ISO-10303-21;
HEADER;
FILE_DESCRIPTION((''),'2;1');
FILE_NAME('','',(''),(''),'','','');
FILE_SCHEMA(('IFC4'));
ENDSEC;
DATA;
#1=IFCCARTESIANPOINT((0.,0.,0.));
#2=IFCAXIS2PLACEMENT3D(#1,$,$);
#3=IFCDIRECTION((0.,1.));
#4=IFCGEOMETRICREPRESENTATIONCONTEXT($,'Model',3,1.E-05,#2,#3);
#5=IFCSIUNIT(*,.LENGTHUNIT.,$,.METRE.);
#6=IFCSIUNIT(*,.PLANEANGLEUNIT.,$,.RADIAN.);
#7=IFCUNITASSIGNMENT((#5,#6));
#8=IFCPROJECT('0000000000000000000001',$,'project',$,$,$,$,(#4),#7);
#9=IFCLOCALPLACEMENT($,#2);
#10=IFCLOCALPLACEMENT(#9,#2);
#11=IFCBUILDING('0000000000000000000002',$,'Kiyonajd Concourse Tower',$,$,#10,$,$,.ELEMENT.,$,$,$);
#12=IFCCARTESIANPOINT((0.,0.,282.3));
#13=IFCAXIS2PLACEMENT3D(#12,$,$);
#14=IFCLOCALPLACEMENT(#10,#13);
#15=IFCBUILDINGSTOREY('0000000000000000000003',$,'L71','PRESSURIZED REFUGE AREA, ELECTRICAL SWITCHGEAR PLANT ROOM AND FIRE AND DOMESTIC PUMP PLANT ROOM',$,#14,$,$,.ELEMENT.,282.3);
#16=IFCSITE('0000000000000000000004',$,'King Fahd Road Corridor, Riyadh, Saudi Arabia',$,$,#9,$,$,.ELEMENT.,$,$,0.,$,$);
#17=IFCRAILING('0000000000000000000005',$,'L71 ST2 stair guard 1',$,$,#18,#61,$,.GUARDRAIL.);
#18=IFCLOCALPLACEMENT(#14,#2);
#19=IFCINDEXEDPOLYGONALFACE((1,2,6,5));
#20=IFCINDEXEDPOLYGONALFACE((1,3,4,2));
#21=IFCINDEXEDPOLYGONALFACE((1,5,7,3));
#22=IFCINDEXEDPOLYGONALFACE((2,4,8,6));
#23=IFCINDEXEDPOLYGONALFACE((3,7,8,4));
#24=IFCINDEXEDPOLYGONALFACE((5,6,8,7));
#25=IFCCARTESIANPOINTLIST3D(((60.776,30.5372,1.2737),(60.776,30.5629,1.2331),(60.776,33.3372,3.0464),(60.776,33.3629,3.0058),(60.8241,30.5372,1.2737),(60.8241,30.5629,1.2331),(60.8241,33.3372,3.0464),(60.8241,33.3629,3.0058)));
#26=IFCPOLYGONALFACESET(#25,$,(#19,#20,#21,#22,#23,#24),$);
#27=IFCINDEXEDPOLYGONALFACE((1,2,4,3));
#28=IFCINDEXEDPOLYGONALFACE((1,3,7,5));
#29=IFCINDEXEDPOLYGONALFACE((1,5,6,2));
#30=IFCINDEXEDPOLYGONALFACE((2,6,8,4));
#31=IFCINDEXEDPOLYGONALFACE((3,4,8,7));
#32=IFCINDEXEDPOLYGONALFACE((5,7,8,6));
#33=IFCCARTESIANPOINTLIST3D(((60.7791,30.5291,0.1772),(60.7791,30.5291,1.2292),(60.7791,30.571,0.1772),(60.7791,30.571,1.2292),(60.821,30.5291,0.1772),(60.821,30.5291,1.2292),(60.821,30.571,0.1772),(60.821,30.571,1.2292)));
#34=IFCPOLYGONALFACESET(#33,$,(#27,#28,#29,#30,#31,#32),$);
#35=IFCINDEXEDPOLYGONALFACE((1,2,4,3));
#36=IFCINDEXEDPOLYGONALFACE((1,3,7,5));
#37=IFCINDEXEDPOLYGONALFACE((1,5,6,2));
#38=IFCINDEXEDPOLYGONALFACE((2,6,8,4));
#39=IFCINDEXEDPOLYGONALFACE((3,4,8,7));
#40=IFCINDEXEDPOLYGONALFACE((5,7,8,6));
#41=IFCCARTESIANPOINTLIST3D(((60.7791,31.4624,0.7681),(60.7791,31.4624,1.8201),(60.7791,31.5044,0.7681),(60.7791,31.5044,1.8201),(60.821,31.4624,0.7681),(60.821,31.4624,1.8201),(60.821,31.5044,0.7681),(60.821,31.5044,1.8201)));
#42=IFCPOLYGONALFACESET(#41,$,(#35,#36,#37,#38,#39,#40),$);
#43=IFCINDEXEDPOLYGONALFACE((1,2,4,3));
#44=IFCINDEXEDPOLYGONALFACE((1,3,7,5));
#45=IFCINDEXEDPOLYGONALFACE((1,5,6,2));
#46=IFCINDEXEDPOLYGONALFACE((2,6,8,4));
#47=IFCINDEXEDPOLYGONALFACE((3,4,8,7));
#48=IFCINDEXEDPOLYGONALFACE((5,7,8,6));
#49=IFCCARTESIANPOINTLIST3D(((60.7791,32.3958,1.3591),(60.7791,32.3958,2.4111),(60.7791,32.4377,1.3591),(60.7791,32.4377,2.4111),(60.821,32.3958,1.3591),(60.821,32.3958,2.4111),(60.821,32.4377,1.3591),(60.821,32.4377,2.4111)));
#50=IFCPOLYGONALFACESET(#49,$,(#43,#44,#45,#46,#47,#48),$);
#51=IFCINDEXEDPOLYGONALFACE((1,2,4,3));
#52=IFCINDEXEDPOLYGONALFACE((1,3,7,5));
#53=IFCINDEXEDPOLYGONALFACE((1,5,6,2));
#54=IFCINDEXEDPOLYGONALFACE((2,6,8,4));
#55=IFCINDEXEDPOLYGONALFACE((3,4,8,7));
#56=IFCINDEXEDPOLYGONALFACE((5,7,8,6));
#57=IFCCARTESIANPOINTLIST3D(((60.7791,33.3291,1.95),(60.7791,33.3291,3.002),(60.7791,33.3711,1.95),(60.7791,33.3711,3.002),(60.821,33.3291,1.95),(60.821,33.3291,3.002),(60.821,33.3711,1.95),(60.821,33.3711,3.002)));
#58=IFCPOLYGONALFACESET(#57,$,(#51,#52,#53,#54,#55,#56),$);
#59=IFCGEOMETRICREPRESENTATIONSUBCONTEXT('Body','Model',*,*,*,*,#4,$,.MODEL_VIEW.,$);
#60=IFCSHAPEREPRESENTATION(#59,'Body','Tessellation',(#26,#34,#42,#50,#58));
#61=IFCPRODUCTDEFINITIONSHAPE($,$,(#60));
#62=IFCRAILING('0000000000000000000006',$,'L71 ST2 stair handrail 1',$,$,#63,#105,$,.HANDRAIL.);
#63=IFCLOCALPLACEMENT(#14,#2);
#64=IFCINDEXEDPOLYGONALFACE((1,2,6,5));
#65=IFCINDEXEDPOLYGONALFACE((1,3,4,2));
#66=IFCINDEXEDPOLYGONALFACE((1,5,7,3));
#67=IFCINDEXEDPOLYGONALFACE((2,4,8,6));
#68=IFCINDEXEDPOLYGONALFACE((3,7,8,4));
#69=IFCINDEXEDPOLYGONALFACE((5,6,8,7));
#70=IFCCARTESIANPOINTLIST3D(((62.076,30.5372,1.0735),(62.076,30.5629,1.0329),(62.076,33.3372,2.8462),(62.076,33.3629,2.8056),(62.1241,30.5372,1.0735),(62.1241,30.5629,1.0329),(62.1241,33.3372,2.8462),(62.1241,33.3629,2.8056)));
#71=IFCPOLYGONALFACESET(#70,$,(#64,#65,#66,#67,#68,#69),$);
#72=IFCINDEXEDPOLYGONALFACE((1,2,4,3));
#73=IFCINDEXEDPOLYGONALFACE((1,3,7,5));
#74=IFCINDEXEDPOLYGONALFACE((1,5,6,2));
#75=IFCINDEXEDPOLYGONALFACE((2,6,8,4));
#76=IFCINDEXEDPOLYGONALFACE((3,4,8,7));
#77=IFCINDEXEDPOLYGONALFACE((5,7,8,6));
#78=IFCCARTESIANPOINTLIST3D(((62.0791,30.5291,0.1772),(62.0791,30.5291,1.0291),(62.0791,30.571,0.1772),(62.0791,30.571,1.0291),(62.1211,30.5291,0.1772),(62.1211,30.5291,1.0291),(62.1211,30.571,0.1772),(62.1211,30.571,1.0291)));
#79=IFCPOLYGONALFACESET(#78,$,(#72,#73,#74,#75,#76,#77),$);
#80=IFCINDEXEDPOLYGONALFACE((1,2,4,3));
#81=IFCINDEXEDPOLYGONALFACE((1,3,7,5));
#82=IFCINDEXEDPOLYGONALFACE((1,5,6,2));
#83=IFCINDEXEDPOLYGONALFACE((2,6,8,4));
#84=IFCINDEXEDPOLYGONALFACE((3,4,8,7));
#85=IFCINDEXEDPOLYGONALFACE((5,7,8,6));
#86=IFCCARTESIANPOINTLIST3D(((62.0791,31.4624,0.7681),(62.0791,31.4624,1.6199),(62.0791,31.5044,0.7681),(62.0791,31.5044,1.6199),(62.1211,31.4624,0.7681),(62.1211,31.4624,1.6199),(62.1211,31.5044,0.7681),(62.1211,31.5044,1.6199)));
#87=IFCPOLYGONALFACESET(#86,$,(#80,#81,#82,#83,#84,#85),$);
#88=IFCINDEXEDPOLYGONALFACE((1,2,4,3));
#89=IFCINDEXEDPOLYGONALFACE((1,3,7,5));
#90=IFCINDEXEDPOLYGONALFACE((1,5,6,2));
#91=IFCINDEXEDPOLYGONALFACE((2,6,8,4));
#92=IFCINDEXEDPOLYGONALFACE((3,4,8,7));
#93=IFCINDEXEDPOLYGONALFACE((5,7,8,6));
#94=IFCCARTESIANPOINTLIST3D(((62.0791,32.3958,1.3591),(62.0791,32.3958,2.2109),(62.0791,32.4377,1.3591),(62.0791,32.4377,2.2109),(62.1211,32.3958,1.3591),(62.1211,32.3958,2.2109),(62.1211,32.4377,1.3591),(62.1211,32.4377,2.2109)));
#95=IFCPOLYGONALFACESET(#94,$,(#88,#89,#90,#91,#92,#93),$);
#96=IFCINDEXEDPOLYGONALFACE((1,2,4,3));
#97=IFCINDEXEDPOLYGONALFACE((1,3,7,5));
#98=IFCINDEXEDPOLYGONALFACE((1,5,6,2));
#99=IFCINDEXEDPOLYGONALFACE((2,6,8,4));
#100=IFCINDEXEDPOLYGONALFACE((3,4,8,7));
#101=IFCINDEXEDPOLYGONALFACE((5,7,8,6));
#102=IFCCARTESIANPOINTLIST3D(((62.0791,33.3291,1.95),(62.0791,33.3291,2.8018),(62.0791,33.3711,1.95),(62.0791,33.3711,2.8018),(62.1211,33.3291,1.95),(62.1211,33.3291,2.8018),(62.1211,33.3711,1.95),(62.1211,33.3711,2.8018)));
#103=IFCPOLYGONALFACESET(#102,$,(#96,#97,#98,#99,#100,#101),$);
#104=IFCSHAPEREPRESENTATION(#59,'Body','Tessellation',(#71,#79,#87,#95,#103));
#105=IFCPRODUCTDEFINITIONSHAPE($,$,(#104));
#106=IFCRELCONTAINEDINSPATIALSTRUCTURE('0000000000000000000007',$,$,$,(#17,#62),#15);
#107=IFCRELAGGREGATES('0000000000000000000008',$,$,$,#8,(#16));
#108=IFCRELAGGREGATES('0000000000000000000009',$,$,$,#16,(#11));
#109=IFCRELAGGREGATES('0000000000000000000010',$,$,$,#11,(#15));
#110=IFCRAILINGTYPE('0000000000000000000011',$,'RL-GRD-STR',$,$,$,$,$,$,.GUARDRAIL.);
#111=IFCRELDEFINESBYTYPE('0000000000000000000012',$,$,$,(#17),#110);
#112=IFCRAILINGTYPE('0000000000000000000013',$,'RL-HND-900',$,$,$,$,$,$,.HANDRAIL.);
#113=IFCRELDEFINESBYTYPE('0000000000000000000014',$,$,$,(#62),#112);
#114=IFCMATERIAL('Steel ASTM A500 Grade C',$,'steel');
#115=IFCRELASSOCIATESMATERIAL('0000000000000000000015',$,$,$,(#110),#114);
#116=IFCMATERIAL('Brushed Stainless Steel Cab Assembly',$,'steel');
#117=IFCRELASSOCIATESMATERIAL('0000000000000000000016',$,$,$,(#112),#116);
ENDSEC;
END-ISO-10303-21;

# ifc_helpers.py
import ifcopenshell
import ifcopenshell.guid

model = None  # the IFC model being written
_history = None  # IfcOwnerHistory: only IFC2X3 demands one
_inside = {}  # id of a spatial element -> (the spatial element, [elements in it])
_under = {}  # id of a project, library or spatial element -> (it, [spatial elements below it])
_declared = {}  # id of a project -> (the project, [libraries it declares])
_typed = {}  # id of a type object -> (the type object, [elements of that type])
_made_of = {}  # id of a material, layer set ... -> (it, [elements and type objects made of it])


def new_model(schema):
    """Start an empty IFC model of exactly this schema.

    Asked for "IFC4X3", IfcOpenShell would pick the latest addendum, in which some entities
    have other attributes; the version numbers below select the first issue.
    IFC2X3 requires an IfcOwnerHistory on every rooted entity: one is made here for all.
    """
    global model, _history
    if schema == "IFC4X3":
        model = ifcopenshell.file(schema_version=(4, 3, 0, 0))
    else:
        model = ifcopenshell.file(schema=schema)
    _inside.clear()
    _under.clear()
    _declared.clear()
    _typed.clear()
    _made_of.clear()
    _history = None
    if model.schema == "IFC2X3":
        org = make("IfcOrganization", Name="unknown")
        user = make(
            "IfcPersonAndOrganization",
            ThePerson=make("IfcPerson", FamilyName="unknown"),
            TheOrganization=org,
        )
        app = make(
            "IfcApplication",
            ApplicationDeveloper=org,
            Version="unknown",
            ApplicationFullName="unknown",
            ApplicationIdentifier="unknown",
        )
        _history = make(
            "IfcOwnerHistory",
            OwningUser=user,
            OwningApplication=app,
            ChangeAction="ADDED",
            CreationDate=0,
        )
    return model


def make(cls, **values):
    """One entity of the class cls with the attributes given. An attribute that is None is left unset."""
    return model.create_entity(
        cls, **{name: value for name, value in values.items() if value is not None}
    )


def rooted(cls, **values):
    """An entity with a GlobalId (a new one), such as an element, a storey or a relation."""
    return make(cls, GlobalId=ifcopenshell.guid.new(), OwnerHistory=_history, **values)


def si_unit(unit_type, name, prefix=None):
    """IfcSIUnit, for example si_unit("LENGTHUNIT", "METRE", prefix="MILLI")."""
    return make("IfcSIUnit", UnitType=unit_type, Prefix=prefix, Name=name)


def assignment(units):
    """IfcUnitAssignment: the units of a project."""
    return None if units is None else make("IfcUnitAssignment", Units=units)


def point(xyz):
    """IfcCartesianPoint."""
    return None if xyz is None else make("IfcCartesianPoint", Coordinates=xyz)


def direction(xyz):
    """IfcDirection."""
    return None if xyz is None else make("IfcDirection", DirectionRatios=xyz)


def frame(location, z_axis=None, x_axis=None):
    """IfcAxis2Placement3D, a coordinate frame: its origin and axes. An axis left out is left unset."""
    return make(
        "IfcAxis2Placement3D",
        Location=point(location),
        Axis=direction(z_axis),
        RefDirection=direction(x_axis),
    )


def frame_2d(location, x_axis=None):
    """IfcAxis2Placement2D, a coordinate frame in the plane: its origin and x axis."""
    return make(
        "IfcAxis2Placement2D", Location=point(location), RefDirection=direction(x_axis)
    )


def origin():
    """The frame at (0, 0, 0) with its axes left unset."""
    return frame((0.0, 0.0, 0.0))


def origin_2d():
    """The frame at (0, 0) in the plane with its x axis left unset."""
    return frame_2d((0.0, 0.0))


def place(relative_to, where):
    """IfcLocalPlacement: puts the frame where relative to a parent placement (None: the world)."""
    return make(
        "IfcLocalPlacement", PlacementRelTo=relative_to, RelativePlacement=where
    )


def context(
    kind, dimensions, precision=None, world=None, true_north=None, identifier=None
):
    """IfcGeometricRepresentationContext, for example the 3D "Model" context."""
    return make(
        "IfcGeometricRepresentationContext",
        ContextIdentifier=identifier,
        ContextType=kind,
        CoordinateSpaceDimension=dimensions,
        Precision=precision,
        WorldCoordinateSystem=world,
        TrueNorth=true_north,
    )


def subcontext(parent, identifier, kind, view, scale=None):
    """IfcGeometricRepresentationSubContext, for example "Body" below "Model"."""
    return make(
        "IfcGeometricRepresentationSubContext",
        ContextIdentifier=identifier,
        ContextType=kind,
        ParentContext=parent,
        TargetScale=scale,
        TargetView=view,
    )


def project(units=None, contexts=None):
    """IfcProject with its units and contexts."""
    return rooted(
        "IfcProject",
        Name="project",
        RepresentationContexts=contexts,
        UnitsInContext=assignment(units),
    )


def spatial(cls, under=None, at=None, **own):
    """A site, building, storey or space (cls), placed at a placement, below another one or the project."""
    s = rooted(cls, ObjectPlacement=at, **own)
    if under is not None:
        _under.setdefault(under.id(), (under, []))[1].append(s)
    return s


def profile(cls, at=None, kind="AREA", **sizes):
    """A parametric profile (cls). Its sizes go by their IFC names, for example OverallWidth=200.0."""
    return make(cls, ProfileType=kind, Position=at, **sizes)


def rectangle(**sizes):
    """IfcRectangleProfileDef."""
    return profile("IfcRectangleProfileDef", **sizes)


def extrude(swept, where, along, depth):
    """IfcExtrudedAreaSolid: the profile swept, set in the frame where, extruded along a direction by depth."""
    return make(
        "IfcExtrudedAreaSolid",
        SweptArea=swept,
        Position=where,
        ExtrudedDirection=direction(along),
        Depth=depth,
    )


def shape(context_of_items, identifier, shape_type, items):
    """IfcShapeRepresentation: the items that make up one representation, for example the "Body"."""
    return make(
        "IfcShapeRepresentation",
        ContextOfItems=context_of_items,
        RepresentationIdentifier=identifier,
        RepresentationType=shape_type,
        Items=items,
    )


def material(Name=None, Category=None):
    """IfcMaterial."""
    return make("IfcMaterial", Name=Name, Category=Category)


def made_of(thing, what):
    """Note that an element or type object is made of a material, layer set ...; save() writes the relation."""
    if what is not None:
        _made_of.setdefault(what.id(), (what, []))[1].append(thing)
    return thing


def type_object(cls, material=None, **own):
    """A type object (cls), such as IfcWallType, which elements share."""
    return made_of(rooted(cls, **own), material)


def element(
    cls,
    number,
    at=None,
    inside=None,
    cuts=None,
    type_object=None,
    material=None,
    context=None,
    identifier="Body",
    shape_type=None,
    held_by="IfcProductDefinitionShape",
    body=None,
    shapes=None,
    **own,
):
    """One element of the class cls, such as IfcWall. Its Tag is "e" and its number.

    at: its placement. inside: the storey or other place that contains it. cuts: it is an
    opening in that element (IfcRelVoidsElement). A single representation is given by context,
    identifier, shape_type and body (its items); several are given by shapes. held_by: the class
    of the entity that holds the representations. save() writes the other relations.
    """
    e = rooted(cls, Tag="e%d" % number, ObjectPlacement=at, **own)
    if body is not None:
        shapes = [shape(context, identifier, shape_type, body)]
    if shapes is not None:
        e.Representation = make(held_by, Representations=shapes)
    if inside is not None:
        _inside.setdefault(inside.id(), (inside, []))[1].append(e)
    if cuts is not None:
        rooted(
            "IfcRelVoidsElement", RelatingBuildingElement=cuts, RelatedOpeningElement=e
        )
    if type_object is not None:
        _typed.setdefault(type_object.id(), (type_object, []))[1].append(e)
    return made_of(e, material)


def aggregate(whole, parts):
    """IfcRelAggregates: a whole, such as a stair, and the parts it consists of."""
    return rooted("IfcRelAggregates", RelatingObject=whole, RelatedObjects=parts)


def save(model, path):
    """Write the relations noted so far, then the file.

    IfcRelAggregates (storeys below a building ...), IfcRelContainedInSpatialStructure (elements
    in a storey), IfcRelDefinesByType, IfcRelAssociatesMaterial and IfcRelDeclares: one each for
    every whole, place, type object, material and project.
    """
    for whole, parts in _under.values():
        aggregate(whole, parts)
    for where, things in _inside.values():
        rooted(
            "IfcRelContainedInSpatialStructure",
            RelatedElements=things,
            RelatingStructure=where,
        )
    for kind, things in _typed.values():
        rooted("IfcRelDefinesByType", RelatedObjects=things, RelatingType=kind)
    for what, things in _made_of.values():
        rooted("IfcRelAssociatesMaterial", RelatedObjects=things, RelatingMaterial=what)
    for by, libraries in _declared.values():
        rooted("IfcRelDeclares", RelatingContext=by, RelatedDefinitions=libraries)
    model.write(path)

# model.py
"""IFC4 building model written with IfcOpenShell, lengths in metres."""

from ifc_helpers import new_model, si_unit, direction, frame, origin, origin_2d, place, context, subcontext, project, spatial, rectangle, extrude, material, type_object, element, save


model = new_model("IFC4")

# Units and contexts
model_context = context("Model", 3, precision=1e-05, world=origin(), true_north=direction((0.0, 1.0)))
body_context = subcontext(model_context, "Body", "Model", "MODEL_VIEW")
ifc_project = project(units=[si_unit("LENGTHUNIT", "METRE"), si_unit("PLANEANGLEUNIT", "RADIAN")], contexts=[model_context])

# Site, building, storey
site_placement = place(None, origin())
site = spatial("IfcSite", under=ifc_project, at=site_placement, Name="King Fahd Road Corridor, Riyadh, Saudi Arabia", CompositionType="ELEMENT", RefElevation=0.0)
building_placement = place(site_placement, origin())
building = spatial("IfcBuilding", under=site, at=building_placement, Name="Kiyonajd Concourse Tower", CompositionType="ELEMENT")
storey_placement = place(building_placement, frame((0.0, 0.0, 282.3)))
storey = spatial("IfcBuildingStorey", under=building, at=storey_placement, Name="L71", Description="PRESSURIZED REFUGE AREA, ELECTRICAL SWITCHGEAR PLANT ROOM AND FIRE AND DOMESTIC PUMP PLANT ROOM", CompositionType="ELEMENT", Elevation=282.3)

# Shared definitions
ifc_material_1 = material(Name="Steel ASTM A500 Grade C", Category="steel")

# Railings
railing_type_1 = type_object("IfcRailingType", Name="RL-GRD-STR", PredefinedType="GUARDRAIL", material=ifc_material_1)
railing_1_placement = place(storey_placement, frame((60.8, 30.55, 0.1772)))
element("IfcRailing", 1, at=railing_1_placement, inside=storey, type_object=railing_type_1, Name="L71 ST2 stair guard 1", PredefinedType="GUARDRAIL", context=body_context, shape_type="SweptSolid", body=[
    extrude(rectangle(XDim=0.0481, YDim=0.0481, at=origin_2d()), frame((0.0, 0.0, 1.0762), z_axis=(0.0, 0.844909, 0.53491), x_axis=(-1.0, 0.0, 0.0)), (0.0, 0.0, 1.0), 3.314),
    extrude(rectangle(XDim=0.042, YDim=0.042, at=origin_2d()), origin(), (0.0, 0.0, 1.0), 1.052),
    extrude(rectangle(XDim=0.042, YDim=0.042, at=origin_2d()), frame((0.0, 0.9333, 0.5908)), (0.0, 0.0, 1.0), 1.052),
    extrude(rectangle(XDim=0.042, YDim=0.042, at=origin_2d()), frame((0.0, 1.8667, 1.1819)), (0.0, 0.0, 1.0), 1.052),
    extrude(rectangle(XDim=0.042, YDim=0.042, at=origin_2d()), frame((0.0, 2.8, 1.7727)), (0.0, 0.0, 1.0), 1.052),
])
ifc_material_2 = material(Name="Brushed Stainless Steel Cab Assembly", Category="steel")
railing_type_2 = type_object("IfcRailingType", Name="RL-HND-900", PredefinedType="HANDRAIL", material=ifc_material_2)
railing_2_placement = place(storey_placement, frame((62.1001, 30.55, 0.1772)))
element("IfcRailing", 2, at=railing_2_placement, inside=storey, type_object=railing_type_2, Name="L71 ST2 stair handrail 1", PredefinedType="HANDRAIL", context=body_context, shape_type="SweptSolid", body=[
    extrude(rectangle(XDim=0.0481, YDim=0.0481, at=origin_2d()), frame((0.0, 0.0, 0.876), z_axis=(0.0, 0.844909, 0.53491), x_axis=(-1.0, 0.0, 0.0)), (0.0, 0.0, 1.0), 3.314),
    extrude(rectangle(XDim=0.042, YDim=0.042, at=origin_2d()), origin(), (0.0, 0.0, 1.0), 0.8518),
    extrude(rectangle(XDim=0.042, YDim=0.042, at=origin_2d()), frame((0.0, 0.9333, 0.5908)), (0.0, 0.0, 1.0), 0.8518),
    extrude(rectangle(XDim=0.042, YDim=0.042, at=origin_2d()), frame((0.0, 1.8667, 1.1819)), (0.0, 0.0, 1.0), 0.8518),
    extrude(rectangle(XDim=0.042, YDim=0.042, at=origin_2d()), frame((0.0, 2.8, 1.7727)), (0.0, 0.0, 1.0), 0.8518),
])

save(model, "model.ifc")
